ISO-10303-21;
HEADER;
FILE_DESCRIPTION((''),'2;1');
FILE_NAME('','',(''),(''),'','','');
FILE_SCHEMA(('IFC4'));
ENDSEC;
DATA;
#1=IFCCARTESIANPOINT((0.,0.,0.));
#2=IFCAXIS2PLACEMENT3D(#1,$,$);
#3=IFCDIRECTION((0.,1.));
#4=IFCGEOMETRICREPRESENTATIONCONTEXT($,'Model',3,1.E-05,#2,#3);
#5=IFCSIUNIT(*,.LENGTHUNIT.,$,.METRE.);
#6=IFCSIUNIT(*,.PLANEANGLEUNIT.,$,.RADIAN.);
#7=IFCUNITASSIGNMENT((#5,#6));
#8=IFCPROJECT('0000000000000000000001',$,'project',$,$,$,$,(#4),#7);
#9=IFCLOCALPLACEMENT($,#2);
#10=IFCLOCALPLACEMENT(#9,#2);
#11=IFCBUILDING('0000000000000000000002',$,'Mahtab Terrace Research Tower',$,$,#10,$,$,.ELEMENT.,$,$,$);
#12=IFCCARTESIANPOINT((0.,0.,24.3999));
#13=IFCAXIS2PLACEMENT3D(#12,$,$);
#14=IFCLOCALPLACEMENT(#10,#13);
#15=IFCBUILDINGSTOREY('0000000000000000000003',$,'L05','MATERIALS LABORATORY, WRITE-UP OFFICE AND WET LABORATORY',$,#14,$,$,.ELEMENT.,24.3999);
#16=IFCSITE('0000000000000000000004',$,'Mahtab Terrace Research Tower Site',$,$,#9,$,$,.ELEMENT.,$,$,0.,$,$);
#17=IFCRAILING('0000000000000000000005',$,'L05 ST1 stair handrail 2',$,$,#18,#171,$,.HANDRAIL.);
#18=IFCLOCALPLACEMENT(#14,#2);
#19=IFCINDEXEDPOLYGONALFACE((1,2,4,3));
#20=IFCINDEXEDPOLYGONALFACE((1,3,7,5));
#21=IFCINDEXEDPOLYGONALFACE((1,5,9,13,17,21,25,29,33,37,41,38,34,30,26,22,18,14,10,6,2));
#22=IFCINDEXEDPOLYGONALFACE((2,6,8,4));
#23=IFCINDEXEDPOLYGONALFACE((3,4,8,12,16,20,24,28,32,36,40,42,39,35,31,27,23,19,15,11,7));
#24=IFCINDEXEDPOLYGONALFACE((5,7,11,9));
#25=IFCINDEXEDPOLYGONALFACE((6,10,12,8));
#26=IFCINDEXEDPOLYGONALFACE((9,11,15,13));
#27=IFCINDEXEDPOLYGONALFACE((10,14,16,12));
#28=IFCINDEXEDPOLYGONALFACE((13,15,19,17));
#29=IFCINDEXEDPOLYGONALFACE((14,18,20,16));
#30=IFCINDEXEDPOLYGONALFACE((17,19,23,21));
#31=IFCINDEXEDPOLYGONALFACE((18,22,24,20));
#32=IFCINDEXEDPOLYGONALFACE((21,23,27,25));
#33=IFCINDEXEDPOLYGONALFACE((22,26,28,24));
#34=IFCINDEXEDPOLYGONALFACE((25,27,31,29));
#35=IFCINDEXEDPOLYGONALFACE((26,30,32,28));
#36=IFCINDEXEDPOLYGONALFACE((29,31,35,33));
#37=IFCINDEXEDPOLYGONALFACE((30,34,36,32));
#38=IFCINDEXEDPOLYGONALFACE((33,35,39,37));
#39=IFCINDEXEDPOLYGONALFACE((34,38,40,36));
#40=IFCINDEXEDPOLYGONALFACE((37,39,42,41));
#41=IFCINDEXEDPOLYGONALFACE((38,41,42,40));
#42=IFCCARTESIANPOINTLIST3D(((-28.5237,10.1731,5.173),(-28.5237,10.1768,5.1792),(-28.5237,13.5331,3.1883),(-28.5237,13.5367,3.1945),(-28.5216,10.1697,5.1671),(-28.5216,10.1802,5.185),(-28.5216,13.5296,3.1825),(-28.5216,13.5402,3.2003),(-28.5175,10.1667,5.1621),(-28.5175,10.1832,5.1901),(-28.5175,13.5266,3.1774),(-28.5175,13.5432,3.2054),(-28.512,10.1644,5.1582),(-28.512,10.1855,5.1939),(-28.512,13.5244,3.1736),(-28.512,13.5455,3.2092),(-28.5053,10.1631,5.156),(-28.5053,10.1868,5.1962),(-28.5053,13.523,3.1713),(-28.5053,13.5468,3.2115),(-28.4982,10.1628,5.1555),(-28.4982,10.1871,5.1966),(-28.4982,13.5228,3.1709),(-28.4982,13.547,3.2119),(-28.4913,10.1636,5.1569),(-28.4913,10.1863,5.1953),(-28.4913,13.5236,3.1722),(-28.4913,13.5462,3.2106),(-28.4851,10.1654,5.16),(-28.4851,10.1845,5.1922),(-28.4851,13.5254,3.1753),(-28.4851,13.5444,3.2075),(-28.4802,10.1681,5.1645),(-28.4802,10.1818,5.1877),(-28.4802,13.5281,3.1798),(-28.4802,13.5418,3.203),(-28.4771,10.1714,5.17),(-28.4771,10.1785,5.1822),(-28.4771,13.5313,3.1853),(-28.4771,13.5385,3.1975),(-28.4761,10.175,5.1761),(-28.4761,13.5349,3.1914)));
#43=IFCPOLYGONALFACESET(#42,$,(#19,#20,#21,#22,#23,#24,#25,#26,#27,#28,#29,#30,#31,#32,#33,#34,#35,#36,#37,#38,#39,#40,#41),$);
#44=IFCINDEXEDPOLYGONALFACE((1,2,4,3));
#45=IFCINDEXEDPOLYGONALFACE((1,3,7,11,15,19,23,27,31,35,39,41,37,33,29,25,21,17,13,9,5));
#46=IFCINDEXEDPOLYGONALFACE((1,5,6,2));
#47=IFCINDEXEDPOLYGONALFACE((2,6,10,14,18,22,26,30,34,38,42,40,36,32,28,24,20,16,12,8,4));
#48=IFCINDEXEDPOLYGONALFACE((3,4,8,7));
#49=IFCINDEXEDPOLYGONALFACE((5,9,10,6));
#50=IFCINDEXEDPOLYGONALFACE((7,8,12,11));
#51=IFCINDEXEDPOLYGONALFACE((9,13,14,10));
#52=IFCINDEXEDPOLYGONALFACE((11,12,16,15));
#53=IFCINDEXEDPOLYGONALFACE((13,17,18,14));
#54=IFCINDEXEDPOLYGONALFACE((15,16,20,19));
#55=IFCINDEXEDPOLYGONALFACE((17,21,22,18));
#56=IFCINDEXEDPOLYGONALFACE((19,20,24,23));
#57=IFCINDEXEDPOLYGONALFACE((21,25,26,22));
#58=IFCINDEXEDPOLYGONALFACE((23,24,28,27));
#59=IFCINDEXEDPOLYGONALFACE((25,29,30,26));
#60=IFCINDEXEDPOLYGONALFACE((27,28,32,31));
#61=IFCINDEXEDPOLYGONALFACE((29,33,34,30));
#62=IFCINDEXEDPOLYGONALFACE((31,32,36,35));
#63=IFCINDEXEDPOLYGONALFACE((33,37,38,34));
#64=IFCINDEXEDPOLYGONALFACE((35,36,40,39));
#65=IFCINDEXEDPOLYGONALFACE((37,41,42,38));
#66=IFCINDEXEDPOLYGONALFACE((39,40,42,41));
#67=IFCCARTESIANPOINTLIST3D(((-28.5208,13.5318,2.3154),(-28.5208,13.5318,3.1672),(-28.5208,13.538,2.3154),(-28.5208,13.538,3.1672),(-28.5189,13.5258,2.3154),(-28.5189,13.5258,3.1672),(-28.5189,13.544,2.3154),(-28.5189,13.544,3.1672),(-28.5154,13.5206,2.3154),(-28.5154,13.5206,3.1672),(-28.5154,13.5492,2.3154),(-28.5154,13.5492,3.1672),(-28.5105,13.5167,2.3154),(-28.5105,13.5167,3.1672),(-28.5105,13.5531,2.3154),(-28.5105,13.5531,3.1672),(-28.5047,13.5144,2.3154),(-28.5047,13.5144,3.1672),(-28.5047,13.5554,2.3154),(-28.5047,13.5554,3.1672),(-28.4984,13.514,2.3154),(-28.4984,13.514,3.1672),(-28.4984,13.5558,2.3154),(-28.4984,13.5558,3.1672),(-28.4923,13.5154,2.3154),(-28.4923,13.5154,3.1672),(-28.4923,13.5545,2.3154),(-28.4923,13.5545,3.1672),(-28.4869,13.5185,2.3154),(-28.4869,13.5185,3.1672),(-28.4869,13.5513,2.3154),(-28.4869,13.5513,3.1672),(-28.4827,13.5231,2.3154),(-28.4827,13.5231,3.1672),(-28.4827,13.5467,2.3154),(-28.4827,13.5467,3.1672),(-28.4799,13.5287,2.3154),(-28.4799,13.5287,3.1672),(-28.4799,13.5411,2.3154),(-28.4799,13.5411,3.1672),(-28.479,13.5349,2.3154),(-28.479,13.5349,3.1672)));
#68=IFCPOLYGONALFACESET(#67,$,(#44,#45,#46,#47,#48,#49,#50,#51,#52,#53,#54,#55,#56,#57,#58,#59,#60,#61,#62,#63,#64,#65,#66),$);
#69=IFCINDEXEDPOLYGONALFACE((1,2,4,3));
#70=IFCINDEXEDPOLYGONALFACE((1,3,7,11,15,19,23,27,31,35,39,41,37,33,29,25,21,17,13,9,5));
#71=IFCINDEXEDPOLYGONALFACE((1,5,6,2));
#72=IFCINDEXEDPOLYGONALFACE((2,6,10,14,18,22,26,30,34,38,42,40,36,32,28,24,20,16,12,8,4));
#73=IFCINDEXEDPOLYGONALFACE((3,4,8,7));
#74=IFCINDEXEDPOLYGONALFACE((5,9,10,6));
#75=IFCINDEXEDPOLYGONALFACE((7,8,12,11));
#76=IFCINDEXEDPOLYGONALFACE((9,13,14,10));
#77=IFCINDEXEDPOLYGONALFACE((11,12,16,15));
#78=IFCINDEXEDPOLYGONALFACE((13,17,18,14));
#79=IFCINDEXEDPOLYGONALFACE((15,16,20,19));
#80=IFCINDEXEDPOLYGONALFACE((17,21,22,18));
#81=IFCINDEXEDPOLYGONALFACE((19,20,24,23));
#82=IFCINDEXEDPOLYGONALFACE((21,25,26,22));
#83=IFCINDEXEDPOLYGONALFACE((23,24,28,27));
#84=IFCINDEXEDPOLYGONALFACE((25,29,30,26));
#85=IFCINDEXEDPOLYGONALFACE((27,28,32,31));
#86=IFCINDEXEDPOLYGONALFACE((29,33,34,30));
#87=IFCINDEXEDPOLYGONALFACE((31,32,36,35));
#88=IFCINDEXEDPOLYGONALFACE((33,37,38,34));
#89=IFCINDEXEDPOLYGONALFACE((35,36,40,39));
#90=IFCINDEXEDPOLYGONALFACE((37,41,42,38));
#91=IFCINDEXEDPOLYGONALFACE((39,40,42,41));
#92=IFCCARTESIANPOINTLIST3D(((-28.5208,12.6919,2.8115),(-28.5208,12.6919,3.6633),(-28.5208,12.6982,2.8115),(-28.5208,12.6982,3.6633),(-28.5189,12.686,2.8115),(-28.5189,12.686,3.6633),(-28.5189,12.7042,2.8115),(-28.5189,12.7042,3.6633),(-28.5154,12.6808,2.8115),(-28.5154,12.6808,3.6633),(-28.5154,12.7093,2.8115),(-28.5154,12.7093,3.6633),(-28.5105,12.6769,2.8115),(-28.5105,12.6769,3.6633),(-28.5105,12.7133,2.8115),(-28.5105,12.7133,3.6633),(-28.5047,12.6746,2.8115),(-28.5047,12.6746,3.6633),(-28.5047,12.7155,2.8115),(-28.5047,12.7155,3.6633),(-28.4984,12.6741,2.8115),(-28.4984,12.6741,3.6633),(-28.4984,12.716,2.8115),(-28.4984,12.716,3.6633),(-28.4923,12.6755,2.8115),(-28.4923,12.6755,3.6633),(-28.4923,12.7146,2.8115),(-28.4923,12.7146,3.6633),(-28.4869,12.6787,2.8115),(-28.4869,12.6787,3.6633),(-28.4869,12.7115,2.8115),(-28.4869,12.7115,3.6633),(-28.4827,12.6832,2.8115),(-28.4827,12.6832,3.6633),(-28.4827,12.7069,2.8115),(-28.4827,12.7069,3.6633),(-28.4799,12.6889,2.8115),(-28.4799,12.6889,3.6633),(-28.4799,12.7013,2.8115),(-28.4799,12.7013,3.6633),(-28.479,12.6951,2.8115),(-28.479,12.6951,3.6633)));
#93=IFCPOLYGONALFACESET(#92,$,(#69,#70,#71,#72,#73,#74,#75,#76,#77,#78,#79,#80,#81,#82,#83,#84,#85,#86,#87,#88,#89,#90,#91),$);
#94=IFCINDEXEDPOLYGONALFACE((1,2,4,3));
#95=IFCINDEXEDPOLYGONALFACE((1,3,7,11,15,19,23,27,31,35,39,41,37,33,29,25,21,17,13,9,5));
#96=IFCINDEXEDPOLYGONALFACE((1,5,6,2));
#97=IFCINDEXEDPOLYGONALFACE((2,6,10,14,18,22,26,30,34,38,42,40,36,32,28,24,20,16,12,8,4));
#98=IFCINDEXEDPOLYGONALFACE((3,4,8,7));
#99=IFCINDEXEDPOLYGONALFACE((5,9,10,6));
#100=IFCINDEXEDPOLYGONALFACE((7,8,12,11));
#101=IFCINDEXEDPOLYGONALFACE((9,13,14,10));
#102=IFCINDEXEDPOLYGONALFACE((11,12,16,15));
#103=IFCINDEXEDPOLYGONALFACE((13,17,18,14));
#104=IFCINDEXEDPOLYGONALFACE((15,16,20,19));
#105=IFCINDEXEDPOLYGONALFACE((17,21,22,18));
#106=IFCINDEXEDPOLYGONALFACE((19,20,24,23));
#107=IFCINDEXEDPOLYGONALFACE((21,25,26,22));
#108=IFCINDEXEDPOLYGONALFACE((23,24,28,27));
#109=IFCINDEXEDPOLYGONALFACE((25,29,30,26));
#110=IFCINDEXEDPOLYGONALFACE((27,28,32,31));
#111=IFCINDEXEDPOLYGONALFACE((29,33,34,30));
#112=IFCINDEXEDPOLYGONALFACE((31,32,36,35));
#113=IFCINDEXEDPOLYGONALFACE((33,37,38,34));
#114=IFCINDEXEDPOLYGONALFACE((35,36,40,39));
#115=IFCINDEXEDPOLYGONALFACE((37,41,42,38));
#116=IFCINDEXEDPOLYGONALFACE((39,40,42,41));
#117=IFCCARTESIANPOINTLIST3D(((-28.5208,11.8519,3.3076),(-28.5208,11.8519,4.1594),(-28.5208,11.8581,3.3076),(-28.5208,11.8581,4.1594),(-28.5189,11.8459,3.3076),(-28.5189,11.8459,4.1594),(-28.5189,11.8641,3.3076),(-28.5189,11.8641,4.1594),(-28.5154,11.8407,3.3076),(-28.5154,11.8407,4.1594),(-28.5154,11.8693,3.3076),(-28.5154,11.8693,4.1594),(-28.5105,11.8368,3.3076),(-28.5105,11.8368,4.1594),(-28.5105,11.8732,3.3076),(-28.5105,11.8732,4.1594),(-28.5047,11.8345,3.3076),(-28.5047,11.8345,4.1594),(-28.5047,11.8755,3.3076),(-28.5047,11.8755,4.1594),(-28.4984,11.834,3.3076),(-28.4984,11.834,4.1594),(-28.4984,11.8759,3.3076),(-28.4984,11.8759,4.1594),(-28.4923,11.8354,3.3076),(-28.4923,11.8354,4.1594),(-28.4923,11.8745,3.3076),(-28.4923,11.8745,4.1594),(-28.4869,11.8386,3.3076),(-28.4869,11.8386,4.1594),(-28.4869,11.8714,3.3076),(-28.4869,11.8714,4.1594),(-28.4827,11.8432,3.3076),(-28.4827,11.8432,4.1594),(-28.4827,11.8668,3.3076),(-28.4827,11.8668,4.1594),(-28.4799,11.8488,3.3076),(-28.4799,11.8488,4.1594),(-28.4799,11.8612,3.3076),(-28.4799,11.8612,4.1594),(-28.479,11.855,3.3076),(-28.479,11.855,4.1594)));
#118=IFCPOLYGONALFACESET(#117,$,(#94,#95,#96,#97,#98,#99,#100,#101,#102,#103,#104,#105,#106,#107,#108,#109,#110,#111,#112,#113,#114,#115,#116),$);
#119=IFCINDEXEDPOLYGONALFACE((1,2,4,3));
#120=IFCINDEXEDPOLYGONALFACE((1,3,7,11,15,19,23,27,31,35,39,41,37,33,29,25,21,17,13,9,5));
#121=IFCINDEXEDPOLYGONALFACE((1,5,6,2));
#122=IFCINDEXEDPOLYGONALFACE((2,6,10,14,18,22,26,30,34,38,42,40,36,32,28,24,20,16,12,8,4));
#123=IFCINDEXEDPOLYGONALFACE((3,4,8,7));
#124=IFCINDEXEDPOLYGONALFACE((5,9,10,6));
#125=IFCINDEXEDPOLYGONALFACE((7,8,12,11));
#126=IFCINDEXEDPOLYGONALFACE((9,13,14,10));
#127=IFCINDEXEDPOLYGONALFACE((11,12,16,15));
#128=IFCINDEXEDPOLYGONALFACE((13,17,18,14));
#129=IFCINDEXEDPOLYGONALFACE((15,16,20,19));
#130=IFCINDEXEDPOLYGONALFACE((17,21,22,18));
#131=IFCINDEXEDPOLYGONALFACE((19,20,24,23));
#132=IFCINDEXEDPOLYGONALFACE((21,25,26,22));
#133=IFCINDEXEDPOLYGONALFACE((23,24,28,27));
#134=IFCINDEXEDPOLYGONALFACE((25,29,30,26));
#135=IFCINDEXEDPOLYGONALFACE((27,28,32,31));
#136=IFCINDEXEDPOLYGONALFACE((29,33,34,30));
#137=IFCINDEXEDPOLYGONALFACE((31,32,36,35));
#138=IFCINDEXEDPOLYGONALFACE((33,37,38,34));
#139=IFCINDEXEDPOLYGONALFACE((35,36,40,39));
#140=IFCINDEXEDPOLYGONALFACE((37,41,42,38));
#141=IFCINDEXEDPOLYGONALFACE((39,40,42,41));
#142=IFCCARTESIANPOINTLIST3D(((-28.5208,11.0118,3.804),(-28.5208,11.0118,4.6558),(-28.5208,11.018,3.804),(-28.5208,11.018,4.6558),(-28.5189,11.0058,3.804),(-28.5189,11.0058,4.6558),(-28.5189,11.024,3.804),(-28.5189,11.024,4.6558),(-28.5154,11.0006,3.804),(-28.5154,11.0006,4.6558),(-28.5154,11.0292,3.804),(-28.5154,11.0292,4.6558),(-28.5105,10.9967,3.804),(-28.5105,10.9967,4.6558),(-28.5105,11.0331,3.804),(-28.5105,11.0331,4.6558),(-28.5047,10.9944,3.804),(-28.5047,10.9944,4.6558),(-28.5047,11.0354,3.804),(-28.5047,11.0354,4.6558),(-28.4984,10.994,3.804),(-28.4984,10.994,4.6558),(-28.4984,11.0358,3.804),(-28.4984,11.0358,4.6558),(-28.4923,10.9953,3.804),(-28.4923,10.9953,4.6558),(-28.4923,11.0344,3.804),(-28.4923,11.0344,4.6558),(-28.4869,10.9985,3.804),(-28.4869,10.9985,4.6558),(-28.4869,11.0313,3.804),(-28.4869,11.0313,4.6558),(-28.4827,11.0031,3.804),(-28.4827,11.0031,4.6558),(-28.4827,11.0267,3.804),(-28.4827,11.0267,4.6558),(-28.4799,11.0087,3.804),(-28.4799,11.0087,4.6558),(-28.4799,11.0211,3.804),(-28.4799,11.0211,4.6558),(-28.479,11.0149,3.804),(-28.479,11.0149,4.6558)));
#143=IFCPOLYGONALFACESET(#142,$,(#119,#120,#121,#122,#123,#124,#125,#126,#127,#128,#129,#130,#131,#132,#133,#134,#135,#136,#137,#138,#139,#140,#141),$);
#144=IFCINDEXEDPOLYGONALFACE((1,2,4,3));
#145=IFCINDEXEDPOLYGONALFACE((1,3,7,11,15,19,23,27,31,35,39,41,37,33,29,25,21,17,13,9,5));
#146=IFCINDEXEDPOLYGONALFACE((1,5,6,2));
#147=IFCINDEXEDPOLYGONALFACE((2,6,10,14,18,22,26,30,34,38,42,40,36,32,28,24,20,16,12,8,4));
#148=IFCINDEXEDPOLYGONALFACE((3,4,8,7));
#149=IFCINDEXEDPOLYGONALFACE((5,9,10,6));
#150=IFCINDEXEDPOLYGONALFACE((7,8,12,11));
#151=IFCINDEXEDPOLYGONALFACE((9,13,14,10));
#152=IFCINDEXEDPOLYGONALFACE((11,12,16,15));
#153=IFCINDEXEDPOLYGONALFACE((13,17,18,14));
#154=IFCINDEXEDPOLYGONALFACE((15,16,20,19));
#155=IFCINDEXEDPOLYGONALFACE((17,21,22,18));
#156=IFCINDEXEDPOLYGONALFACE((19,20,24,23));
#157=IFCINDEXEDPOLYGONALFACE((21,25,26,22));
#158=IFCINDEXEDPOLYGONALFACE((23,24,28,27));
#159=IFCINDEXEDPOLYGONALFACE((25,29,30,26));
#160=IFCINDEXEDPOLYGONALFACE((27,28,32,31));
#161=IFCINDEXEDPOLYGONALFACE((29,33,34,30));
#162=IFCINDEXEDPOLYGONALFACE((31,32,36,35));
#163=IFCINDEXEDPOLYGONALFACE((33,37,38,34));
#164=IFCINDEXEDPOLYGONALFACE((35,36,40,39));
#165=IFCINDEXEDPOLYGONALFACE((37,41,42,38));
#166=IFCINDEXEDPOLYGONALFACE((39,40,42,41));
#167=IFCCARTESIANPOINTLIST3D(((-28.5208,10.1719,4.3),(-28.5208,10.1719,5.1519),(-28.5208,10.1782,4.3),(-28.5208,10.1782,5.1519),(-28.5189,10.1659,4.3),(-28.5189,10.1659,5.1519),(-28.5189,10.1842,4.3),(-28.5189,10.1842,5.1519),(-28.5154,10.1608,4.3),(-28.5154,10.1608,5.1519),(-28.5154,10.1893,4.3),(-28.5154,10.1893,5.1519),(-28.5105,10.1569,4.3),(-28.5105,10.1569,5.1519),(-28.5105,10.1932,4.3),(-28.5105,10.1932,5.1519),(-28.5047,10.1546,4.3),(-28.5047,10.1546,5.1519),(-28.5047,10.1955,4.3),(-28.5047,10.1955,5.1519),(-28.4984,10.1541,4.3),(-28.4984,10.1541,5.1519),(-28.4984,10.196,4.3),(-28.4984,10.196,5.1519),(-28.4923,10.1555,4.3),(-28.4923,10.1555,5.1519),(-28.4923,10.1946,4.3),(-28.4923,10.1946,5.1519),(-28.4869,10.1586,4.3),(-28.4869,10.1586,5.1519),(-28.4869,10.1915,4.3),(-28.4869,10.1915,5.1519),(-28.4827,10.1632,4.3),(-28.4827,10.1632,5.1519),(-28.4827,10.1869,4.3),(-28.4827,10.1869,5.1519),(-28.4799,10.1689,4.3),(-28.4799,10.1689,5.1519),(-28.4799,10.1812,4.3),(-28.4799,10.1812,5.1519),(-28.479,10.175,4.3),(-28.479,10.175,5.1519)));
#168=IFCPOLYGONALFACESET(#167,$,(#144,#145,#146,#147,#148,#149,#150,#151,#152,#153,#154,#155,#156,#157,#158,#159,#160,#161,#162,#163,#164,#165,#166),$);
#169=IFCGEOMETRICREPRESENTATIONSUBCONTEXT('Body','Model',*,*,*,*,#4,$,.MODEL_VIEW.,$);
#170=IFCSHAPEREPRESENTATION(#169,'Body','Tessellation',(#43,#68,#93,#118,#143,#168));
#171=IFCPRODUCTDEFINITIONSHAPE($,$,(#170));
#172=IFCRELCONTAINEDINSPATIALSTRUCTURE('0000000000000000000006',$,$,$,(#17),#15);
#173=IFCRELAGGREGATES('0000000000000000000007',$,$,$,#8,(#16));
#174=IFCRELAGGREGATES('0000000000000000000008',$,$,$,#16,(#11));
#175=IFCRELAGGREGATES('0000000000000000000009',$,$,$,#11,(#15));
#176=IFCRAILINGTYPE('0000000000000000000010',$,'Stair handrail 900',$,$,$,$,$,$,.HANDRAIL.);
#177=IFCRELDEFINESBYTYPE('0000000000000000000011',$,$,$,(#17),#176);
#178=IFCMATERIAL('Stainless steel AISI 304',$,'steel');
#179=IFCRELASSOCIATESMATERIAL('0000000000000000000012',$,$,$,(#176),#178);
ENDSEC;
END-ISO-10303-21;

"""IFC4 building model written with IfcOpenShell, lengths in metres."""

from ifc_helpers import new_model, si_unit, direction, frame, origin, origin_2d, place, context, subcontext, project, spatial, circle, extrude, material, type_object, element, save


model = new_model("IFC4")

# Units and contexts
model_context = context("Model", 3, precision=1e-05, world=origin(), true_north=direction((0.0, 1.0)))
body_context = subcontext(model_context, "Body", "Model", "MODEL_VIEW")
ifc_project = project(units=[si_unit("LENGTHUNIT", "METRE"), si_unit("PLANEANGLEUNIT", "RADIAN")], contexts=[model_context])

# Site, building, storey
site_placement = place(None, origin())
site = spatial("IfcSite", under=ifc_project, at=site_placement, Name="Mahtab Terrace Research Tower Site", CompositionType="ELEMENT", RefElevation=0.0)
building_placement = place(site_placement, origin())
building = spatial("IfcBuilding", under=site, at=building_placement, Name="Mahtab Terrace Research Tower", CompositionType="ELEMENT")
storey_placement = place(building_placement, frame((0.0, 0.0, 24.3999)))
storey = spatial("IfcBuildingStorey", under=building, at=storey_placement, Name="L05", Description="MATERIALS LABORATORY, WRITE-UP OFFICE AND WET LABORATORY", CompositionType="ELEMENT", Elevation=24.3999)

# Shared definitions
ifc_material_1 = material(Name="Stainless steel AISI 304", Category="steel")

# Railing
railing_type_1 = type_object("IfcRailingType", Name="Stair handrail 900", PredefinedType="HANDRAIL", material=ifc_material_1)
railing_1_placement = place(storey_placement, frame((-28.5, 13.5349, 2.3154)))
element("IfcRailing", 1, at=railing_1_placement, inside=storey, type_object=railing_type_1, Name="L05 ST1 stair handrail 2", PredefinedType="HANDRAIL", context=body_context, shape_type="SweptSolid", body=[
    extrude(circle(Radius=0.0239, at=origin_2d()), frame((0.0, 0.0, 0.876), z_axis=(0.0, -0.861011, 0.508586), x_axis=(1.0, 0.0, 0.0)), (0.0, 0.0, 1.0), 3.9023),
    extrude(circle(Radius=0.021, at=origin_2d()), origin(), (0.0, 0.0, 1.0), 0.8518),
    extrude(circle(Radius=0.021, at=origin_2d()), frame((0.0, -0.8398, 0.4961)), (0.0, 0.0, 1.0), 0.8518),
    extrude(circle(Radius=0.021, at=origin_2d()), frame((0.0, -1.6799, 0.9922)), (0.0, 0.0, 1.0), 0.8518),
    extrude(circle(Radius=0.021, at=origin_2d()), frame((0.0, -2.52, 1.4885)), (0.0, 0.0, 1.0), 0.8518),
    extrude(circle(Radius=0.021, at=origin_2d()), frame((0.0, -3.3599, 1.9846)), (0.0, 0.0, 1.0), 0.8518),
])

save(model, "model.ifc")
